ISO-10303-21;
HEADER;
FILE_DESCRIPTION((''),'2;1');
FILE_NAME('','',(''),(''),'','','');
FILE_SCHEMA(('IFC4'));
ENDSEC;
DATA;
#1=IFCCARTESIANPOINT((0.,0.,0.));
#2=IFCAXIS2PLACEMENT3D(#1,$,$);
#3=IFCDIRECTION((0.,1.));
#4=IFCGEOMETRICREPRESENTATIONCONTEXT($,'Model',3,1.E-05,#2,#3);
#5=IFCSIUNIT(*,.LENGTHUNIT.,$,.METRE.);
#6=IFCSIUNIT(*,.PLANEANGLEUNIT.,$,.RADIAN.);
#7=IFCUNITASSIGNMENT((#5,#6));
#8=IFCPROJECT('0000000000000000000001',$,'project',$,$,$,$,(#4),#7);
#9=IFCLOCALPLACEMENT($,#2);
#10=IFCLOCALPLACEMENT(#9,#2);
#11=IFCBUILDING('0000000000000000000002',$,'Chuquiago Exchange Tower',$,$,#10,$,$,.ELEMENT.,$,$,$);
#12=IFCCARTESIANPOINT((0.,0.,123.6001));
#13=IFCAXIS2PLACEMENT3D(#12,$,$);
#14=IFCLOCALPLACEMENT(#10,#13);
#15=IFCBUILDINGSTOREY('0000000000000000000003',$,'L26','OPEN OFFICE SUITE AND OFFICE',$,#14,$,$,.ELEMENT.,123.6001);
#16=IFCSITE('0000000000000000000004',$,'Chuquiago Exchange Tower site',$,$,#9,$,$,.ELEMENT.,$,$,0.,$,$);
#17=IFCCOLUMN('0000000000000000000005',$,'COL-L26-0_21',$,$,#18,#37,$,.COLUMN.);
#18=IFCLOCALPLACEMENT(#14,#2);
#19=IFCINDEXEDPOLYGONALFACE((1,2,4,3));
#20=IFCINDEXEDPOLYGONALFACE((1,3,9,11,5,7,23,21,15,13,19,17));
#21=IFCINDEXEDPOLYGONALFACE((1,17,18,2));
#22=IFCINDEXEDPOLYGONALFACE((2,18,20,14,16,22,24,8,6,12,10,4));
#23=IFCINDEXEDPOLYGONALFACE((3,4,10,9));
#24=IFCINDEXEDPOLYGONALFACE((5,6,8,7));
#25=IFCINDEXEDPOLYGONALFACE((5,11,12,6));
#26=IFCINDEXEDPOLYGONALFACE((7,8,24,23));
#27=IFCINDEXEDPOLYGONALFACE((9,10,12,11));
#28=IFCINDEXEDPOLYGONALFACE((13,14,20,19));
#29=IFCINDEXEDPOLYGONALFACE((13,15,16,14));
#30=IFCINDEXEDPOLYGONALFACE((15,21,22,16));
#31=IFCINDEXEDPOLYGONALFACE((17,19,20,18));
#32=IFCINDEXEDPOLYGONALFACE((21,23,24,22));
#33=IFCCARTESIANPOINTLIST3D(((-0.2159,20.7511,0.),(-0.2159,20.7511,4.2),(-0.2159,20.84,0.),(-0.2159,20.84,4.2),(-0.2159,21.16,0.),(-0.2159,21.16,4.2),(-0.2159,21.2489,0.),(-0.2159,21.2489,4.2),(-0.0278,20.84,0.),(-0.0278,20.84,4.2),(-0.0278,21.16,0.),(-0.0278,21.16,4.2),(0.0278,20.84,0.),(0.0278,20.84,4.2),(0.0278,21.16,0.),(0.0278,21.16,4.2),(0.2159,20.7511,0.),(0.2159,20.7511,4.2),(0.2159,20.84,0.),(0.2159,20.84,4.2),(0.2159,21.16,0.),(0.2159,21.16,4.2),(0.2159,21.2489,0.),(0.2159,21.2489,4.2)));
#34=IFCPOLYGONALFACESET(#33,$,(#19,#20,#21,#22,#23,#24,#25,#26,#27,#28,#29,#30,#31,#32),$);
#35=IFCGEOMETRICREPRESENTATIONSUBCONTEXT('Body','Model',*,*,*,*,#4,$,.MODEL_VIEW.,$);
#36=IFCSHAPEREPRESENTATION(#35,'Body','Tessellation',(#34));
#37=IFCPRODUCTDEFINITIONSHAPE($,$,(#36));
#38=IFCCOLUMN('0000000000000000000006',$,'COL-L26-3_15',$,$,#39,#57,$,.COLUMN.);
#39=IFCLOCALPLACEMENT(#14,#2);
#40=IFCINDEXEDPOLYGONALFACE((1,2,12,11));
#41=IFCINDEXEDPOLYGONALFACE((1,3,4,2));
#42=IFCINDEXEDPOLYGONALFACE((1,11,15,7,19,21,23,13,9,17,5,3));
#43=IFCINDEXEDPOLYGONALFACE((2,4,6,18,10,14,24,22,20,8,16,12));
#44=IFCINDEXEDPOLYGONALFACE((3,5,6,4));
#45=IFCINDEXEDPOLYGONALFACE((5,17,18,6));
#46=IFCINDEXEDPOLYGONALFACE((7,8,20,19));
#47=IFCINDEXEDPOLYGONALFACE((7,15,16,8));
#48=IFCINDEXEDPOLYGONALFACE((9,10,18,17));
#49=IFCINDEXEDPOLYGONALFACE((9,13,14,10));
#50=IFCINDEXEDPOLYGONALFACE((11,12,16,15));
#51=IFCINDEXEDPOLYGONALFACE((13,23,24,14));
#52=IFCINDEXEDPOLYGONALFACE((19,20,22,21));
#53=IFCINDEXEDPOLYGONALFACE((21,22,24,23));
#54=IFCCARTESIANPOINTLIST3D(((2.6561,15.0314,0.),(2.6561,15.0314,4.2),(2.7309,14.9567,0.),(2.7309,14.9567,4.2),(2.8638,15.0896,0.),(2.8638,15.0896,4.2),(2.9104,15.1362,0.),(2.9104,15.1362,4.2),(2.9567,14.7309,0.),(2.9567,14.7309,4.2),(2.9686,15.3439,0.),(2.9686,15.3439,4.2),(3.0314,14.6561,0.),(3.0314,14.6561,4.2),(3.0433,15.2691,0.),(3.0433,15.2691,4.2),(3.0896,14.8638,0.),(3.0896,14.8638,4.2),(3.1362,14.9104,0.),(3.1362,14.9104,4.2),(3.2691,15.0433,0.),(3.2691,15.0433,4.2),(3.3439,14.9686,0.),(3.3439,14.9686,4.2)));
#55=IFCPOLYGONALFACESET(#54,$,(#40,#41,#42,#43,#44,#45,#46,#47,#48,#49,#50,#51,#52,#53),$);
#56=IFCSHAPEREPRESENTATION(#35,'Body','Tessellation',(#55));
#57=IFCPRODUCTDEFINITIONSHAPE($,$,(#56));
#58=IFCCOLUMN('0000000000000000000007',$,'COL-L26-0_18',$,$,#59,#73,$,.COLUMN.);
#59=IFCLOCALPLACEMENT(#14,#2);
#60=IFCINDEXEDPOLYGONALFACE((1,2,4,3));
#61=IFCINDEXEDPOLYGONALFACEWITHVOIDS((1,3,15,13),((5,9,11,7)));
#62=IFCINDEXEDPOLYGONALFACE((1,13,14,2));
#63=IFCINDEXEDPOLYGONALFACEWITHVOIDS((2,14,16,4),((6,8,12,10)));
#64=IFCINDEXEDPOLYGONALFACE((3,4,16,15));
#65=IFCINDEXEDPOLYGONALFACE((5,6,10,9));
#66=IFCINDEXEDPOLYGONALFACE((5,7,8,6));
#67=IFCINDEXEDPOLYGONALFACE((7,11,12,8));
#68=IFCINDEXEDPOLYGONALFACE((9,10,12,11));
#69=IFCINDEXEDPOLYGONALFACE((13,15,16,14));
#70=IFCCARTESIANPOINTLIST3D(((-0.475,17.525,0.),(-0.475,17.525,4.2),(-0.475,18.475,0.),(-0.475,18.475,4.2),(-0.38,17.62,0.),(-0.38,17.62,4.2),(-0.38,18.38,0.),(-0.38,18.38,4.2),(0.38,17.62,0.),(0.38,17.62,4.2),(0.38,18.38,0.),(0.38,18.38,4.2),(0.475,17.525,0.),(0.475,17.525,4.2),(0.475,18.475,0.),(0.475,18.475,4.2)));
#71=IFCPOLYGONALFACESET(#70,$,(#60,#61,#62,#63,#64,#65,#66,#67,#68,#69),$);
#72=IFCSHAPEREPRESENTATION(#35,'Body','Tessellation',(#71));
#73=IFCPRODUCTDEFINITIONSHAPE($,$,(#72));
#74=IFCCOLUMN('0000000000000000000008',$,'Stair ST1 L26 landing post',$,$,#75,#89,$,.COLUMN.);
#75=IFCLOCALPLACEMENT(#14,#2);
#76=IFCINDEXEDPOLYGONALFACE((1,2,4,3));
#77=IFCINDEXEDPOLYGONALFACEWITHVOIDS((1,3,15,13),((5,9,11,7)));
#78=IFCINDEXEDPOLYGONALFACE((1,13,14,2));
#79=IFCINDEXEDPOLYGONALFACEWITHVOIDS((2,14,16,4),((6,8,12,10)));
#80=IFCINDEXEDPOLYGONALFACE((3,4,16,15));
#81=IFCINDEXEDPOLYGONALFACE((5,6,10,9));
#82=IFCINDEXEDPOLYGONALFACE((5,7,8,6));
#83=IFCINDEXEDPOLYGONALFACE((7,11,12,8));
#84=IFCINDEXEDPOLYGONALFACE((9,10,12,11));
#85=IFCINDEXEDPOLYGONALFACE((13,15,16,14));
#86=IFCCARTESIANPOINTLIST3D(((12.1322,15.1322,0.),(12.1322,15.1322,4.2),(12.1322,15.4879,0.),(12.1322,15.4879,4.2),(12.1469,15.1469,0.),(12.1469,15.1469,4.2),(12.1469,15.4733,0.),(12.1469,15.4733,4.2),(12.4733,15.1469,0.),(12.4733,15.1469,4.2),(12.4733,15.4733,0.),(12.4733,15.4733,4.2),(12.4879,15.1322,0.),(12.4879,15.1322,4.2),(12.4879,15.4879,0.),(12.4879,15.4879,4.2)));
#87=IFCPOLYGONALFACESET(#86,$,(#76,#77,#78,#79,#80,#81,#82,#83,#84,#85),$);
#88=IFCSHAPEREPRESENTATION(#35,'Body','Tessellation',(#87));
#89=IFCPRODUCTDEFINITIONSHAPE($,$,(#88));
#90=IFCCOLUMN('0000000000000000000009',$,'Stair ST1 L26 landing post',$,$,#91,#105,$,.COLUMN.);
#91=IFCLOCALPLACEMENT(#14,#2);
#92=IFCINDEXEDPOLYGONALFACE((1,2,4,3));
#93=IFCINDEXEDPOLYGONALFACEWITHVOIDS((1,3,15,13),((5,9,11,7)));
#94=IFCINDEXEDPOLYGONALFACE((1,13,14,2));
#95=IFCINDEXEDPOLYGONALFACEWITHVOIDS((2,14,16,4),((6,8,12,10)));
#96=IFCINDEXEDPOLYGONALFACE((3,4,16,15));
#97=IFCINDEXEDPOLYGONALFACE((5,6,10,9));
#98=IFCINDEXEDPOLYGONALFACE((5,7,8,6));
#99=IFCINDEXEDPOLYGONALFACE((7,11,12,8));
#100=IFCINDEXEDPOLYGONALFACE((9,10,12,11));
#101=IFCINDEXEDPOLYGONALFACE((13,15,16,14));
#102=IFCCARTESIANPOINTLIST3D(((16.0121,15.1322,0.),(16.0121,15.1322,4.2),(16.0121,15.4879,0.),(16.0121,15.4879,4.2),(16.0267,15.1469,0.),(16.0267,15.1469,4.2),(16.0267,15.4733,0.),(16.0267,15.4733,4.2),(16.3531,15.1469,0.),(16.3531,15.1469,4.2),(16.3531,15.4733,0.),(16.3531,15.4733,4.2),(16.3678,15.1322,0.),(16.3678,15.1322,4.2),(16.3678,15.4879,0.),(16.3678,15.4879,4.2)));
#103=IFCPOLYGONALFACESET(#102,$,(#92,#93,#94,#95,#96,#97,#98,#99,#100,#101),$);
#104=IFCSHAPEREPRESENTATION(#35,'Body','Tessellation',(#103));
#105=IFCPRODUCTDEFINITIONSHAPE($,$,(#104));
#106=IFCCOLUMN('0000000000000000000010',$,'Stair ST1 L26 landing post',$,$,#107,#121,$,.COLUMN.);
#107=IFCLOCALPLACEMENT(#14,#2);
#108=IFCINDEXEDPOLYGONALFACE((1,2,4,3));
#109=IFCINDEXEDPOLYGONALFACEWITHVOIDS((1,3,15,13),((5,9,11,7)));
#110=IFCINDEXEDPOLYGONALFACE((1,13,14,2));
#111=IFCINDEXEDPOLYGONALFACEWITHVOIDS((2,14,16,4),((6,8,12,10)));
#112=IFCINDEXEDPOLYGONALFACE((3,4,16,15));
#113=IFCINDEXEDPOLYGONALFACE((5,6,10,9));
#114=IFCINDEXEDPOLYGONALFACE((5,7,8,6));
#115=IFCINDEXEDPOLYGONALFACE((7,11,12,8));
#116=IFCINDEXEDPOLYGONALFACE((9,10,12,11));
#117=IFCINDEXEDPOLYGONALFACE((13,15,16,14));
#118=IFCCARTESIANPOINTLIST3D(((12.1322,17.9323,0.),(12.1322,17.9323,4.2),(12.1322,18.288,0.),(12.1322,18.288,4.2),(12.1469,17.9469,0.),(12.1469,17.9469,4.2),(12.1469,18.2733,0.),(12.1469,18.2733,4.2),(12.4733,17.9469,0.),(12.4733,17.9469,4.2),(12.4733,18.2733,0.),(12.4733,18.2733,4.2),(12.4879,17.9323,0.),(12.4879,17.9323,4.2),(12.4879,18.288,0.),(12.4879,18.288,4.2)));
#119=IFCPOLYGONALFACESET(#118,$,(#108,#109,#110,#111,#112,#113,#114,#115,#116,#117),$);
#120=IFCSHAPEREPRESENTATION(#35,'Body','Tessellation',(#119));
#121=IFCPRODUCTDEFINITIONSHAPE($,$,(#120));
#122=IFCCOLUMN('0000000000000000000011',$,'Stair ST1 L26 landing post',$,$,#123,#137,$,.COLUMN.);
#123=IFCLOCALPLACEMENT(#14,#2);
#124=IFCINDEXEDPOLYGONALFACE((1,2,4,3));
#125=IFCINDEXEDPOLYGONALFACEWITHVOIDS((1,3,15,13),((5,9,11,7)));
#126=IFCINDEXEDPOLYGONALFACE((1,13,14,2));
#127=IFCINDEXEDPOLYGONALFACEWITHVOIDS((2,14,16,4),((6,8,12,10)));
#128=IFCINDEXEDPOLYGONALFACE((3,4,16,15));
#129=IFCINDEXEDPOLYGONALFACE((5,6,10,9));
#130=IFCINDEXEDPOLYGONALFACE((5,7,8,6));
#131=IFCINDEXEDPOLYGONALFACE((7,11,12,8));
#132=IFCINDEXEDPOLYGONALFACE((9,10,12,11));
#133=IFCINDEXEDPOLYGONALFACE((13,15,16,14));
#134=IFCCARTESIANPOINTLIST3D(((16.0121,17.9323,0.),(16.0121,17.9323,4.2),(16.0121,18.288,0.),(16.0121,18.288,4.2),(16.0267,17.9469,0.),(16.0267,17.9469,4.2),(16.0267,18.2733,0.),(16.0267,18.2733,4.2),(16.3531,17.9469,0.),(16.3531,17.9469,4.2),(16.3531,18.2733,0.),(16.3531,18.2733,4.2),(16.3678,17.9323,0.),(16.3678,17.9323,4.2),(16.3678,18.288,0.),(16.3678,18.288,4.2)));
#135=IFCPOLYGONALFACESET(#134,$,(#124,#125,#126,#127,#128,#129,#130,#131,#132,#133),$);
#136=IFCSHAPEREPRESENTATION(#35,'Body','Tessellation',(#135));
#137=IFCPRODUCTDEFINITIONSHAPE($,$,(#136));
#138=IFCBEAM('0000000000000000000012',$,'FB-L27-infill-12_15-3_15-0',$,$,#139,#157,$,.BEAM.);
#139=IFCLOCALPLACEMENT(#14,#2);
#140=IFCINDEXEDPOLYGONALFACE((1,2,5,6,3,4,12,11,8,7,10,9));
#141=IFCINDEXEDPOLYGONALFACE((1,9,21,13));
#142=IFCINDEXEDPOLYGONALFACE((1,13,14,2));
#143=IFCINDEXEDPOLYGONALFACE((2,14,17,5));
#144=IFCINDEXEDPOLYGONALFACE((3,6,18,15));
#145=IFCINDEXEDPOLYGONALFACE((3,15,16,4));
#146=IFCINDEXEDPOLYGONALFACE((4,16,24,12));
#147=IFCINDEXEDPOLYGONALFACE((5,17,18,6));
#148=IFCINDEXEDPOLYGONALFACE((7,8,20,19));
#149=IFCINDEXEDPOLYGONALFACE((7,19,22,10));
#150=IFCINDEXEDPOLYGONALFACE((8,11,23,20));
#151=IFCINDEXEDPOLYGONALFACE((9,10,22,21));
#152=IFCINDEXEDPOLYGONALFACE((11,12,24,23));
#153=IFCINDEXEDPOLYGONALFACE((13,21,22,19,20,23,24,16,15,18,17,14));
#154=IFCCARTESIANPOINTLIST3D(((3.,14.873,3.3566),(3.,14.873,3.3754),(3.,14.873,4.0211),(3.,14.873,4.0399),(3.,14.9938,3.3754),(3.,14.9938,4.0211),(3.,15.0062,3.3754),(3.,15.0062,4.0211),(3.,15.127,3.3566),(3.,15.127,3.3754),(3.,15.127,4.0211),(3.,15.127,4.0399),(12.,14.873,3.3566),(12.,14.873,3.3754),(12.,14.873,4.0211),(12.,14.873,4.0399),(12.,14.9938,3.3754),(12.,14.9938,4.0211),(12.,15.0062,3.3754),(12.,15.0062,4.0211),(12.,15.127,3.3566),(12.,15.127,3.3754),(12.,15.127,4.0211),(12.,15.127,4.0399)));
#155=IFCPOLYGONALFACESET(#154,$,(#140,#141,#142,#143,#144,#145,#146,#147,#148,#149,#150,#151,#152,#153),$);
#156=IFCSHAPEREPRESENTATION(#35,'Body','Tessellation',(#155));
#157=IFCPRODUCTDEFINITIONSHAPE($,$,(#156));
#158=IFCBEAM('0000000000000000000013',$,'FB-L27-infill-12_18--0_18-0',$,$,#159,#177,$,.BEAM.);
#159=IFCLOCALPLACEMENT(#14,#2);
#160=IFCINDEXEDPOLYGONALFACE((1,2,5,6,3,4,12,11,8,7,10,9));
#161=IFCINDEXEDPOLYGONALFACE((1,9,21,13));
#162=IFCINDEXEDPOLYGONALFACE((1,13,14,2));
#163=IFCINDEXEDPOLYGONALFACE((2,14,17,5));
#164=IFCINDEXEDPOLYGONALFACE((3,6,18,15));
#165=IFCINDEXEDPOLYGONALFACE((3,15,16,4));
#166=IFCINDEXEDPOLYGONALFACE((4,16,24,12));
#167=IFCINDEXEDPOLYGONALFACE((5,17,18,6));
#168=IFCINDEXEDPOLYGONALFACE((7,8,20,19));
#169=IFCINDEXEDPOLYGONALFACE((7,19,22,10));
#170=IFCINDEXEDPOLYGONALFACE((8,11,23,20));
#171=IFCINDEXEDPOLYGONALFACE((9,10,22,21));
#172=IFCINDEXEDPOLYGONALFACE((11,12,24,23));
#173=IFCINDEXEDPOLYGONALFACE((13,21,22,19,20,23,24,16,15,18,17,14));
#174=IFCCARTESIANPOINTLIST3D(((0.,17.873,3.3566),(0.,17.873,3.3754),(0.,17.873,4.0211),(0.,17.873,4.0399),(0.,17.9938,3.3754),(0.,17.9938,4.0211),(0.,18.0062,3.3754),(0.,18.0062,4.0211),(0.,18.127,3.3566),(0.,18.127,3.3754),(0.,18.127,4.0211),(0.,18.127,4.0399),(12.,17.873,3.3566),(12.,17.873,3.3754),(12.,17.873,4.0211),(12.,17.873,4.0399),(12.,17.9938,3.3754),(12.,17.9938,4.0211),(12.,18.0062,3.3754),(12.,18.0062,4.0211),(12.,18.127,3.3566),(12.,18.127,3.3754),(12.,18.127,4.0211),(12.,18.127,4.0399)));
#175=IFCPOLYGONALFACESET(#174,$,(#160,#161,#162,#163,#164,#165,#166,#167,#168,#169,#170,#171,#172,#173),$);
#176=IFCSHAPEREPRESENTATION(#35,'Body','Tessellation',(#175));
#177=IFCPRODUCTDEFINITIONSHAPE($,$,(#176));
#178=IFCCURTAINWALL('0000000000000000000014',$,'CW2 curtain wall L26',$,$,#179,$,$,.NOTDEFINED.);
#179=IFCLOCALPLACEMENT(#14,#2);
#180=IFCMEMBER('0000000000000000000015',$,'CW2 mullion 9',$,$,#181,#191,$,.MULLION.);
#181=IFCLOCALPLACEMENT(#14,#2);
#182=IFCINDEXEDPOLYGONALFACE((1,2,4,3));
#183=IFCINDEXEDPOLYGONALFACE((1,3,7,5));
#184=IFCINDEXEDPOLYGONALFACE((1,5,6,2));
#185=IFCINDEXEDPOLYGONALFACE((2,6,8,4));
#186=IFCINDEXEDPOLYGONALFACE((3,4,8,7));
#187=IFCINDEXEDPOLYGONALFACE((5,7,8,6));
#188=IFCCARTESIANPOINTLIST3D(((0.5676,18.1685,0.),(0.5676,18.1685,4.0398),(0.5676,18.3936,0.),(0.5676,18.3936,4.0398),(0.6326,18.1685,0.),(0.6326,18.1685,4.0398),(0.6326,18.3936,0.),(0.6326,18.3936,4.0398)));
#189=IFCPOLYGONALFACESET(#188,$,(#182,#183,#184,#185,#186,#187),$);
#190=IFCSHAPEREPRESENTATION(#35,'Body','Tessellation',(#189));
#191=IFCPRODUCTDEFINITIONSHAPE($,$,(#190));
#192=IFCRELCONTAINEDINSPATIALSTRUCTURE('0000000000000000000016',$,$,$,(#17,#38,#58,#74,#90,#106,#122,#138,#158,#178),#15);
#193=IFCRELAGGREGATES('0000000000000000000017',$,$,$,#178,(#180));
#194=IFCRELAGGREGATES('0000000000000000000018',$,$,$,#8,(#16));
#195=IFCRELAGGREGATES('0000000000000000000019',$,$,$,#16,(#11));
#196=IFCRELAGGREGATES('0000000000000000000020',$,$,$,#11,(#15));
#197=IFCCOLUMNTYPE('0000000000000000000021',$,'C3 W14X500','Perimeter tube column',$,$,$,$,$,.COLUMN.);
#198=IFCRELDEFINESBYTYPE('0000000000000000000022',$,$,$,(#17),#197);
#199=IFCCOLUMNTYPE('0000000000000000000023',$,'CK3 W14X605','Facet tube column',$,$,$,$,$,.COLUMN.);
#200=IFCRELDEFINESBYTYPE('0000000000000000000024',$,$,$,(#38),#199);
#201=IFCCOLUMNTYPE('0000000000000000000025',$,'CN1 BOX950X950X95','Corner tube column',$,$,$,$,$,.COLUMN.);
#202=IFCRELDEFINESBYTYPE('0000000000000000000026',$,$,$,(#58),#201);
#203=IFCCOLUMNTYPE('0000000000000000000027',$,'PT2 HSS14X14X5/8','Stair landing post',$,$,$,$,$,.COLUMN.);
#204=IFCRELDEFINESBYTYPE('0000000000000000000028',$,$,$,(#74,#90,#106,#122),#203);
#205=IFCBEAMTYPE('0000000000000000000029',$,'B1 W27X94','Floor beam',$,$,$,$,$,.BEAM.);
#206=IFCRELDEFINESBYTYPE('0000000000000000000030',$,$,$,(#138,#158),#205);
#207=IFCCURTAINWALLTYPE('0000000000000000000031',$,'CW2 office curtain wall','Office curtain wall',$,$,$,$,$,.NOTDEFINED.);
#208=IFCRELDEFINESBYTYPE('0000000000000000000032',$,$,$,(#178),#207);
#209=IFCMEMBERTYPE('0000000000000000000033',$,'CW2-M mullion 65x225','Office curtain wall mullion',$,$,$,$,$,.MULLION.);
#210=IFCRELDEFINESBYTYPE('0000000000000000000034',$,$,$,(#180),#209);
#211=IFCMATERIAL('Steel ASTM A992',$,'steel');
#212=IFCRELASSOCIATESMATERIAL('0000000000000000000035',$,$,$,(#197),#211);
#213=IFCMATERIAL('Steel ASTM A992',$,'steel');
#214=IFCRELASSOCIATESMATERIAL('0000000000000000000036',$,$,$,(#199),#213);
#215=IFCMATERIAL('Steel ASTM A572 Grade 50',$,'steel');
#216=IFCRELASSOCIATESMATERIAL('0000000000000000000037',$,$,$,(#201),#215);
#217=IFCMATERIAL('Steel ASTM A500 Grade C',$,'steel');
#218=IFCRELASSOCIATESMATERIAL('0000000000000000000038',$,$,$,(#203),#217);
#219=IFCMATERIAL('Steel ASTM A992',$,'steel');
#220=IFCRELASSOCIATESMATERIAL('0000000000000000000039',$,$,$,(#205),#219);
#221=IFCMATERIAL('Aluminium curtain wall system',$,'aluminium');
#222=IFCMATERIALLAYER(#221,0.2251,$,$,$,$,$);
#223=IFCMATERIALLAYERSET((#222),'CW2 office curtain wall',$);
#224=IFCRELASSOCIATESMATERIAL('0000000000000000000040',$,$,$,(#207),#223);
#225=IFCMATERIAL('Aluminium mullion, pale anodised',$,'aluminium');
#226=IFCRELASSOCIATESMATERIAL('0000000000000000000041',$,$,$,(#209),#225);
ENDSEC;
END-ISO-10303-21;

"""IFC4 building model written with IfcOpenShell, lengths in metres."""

from ifc_helpers import new_model, si_unit, direction, frame, origin, origin_2d, place, context, subcontext, project, spatial, rectangle, hollow_rectangle, i_section, extrude, material, layer, layer_set, material_profile, profile_set, type_object, element, aggregate, save


model = new_model("IFC4")

# Units and contexts
model_context = context("Model", 3, precision=1e-05, world=origin(), true_north=direction((0.0, 1.0)))
body_context = subcontext(model_context, "Body", "Model", "MODEL_VIEW")
ifc_project = project(units=[si_unit("LENGTHUNIT", "METRE"), si_unit("PLANEANGLEUNIT", "RADIAN")], contexts=[model_context])

# Site, building, storey
site_placement = place(None, origin())
site = spatial("IfcSite", under=ifc_project, at=site_placement, Name="Chuquiago Exchange Tower site", CompositionType="ELEMENT", RefElevation=0.0)
building_placement = place(site_placement, origin())
building = spatial("IfcBuilding", under=site, at=building_placement, Name="Chuquiago Exchange Tower", CompositionType="ELEMENT")
storey_placement = place(building_placement, frame((0.0, 0.0, 123.6001)))
storey = spatial("IfcBuildingStorey", under=building, at=storey_placement, Name="L26", Description="OPEN OFFICE SUITE AND OFFICE", CompositionType="ELEMENT", Elevation=123.6001)

# Columns
ifc_material_1 = material(Name="Steel ASTM A992", Category="steel")
ifc_material_profile_1 = material_profile(ifc_material_1, i_section(OverallWidth=0.4319, OverallDepth=0.4978, WebThickness=0.0557, FlangeThickness=0.0889, at=origin_2d()), Name="W14X500")
ifc_profile_set_1 = profile_set([ifc_material_profile_1], Name="Steel ASTM A992")
column_type_1 = type_object("IfcColumnType", Name="C3 W14X500", Description="Perimeter tube column", PredefinedType="COLUMN", material=ifc_profile_set_1)
column_1_placement = place(storey_placement, frame((0.0, 21.0, 0.0), z_axis=(0.0, 0.0, 1.0), x_axis=(-1.0, 0.0, 0.0)))
element("IfcColumn", 1, at=column_1_placement, inside=storey, type_object=column_type_1, Name="COL-L26-0_21", PredefinedType="COLUMN", context=body_context, shape_type="SweptSolid", body=[
    extrude(i_section(OverallWidth=0.4319, OverallDepth=0.4978, WebThickness=0.0557, FlangeThickness=0.0889, at=origin_2d()), origin(), (0.0, 0.0, 1.0), 4.2),
])
ifc_material_2 = material(Name="Steel ASTM A992", Category="steel")
ifc_material_profile_2 = material_profile(ifc_material_2, i_section(OverallWidth=0.4419, OverallDepth=0.5308, WebThickness=0.0659, FlangeThickness=0.1057, at=origin_2d()), Name="W14X605")
ifc_profile_set_2 = profile_set([ifc_material_profile_2], Name="Steel ASTM A992")
column_type_2 = type_object("IfcColumnType", Name="CK3 W14X605", Description="Facet tube column", PredefinedType="COLUMN", material=ifc_profile_set_2)
column_2_placement = place(storey_placement, frame((3.0, 15.0, 0.0), z_axis=(0.0, 0.0, 1.0), x_axis=(-0.707107, -0.707107, 0.0)))
element("IfcColumn", 2, at=column_2_placement, inside=storey, type_object=column_type_2, Name="COL-L26-3_15", PredefinedType="COLUMN", context=body_context, shape_type="SweptSolid", body=[
    extrude(i_section(OverallWidth=0.4419, OverallDepth=0.5308, WebThickness=0.0659, FlangeThickness=0.1057, at=origin_2d()), origin(), (0.0, 0.0, 1.0), 4.2),
])
ifc_material_3 = material(Name="Steel ASTM A572 Grade 50", Category="steel")
ifc_material_profile_3 = material_profile(ifc_material_3, hollow_rectangle(XDim=0.95, YDim=0.95, WallThickness=0.095, at=origin_2d()), Name="BOX950X950X95")
ifc_profile_set_3 = profile_set([ifc_material_profile_3], Name="Steel ASTM A572 Grade 50")
column_type_3 = type_object("IfcColumnType", Name="CN1 BOX950X950X95", Description="Corner tube column", PredefinedType="COLUMN", material=ifc_profile_set_3)
column_3_placement = place(storey_placement, frame((0.0, 18.0, 0.0), z_axis=(0.0, 0.0, 1.0), x_axis=(-1.0, 0.0, 0.0)))
element("IfcColumn", 3, at=column_3_placement, inside=storey, type_object=column_type_3, Name="COL-L26-0_18", PredefinedType="COLUMN", context=body_context, shape_type="SweptSolid", body=[
    extrude(hollow_rectangle(XDim=0.95, YDim=0.95, WallThickness=0.095, at=origin_2d()), origin(), (0.0, 0.0, 1.0), 4.2),
])
ifc_material_4 = material(Name="Steel ASTM A500 Grade C", Category="steel")
ifc_material_profile_4 = material_profile(ifc_material_4, hollow_rectangle(XDim=0.3557, YDim=0.3557, WallThickness=0.0146, at=origin_2d()), Name="HSS14X14X5/8")
ifc_profile_set_4 = profile_set([ifc_material_profile_4], Name="Steel ASTM A500 Grade C")
column_type_4 = type_object("IfcColumnType", Name="PT2 HSS14X14X5/8", Description="Stair landing post", PredefinedType="COLUMN", material=ifc_profile_set_4)
for number, where, z_axis, x_axis, name in (
    (4, (12.3101, 15.3101, 0.0), (0.0, 0.0, 1.0), (1.0, 0.0, 0.0), "Stair ST1 L26 landing post"),
    (5, (16.1899, 15.3101, 0.0), (0.0, 0.0, 1.0), (1.0, 0.0, 0.0), "Stair ST1 L26 landing post"),
    (6, (12.3101, 18.1101, 0.0), (0.0, 0.0, 1.0), (1.0, 0.0, 0.0), "Stair ST1 L26 landing post"),
    (7, (16.1899, 18.1101, 0.0), (0.0, 0.0, 1.0), (1.0, 0.0, 0.0), "Stair ST1 L26 landing post"),
):
    element("IfcColumn", number, at=place(storey_placement, frame(where, z_axis=z_axis, x_axis=x_axis)), inside=storey, type_object=column_type_4, Name=name, PredefinedType="COLUMN", context=body_context, shape_type="SweptSolid", body=[
        extrude(hollow_rectangle(XDim=0.3557, YDim=0.3557, WallThickness=0.0146, at=origin_2d()), origin(), (0.0, 0.0, 1.0), 4.2),
    ])

# Beams
ifc_material_5 = material(Name="Steel ASTM A992", Category="steel")
ifc_material_profile_5 = material_profile(ifc_material_5, i_section(OverallWidth=0.2539, OverallDepth=0.6833, WebThickness=0.0125, FlangeThickness=0.0188, at=origin_2d()), Name="W27X94")
ifc_profile_set_5 = profile_set([ifc_material_profile_5], Name="Steel ASTM A992")
beam_type_1 = type_object("IfcBeamType", Name="B1 W27X94", Description="Floor beam", PredefinedType="BEAM", material=ifc_profile_set_5)
beam_1_placement = place(storey_placement, frame((12.0, 15.0, 3.6982), z_axis=(-1.0, 0.0, 0.0), x_axis=(0.0, -1.0, 0.0)))
element("IfcBeam", 8, at=beam_1_placement, inside=storey, type_object=beam_type_1, Name="FB-L27-infill-12_15-3_15-0", PredefinedType="BEAM", context=body_context, shape_type="SweptSolid", body=[
    extrude(i_section(OverallWidth=0.2539, OverallDepth=0.6833, WebThickness=0.0125, FlangeThickness=0.0188, at=origin_2d()), origin(), (0.0, 0.0, 1.0), 9.0),
])
beam_2_placement = place(storey_placement, frame((12.0, 18.0, 3.6982), z_axis=(-1.0, 0.0, 0.0), x_axis=(0.0, -1.0, 0.0)))
element("IfcBeam", 9, at=beam_2_placement, inside=storey, type_object=beam_type_1, Name="FB-L27-infill-12_18--0_18-0", PredefinedType="BEAM", context=body_context, shape_type="SweptSolid", body=[
    extrude(i_section(OverallWidth=0.2539, OverallDepth=0.6833, WebThickness=0.0125, FlangeThickness=0.0188, at=origin_2d()), origin(), (0.0, 0.0, 1.0), 12.0),
])

# Curtain wall, member
ifc_material_6 = material(Name="Aluminium curtain wall system", Category="aluminium")
ifc_layer_1 = layer(ifc_material_6, 0.2251)
ifc_layer_set_1 = layer_set([ifc_layer_1], Name="CW2 office curtain wall")
curtain_wall_type_1 = type_object("IfcCurtainWallType", Name="CW2 office curtain wall", Description="Office curtain wall", PredefinedType="NOTDEFINED", material=ifc_layer_set_1)
curtain_wall_1_placement = place(storey_placement, origin())
curtain_wall_1 = element("IfcCurtainWall", 10, at=curtain_wall_1_placement, inside=storey, type_object=curtain_wall_type_1, Name="CW2 curtain wall L26", PredefinedType="NOTDEFINED")
ifc_material_7 = material(Name="Aluminium mullion, pale anodised", Category="aluminium")
ifc_material_profile_6 = material_profile(ifc_material_7, rectangle(XDim=0.0649, YDim=0.2251, at=origin_2d()), Name="AL 65x225")
ifc_profile_set_6 = profile_set([ifc_material_profile_6], Name="Aluminium mullion, pale anodised")
member_type_1 = type_object("IfcMemberType", Name="CW2-M mullion 65x225", Description="Office curtain wall mullion", PredefinedType="MULLION", material=ifc_profile_set_6)
member_1_placement = place(storey_placement, frame((0.6001, 18.281, 0.0), z_axis=(0.0, 0.0, 1.0), x_axis=(1.0, 0.0, 0.0)))
member_1 = element("IfcMember", 11, at=member_1_placement, type_object=member_type_1, Name="CW2 mullion 9", PredefinedType="MULLION", context=body_context, shape_type="SweptSolid", body=[
    extrude(rectangle(XDim=0.0649, YDim=0.2251, at=origin_2d()), origin(), (0.0, 0.0, 1.0), 4.0398),
])

aggregate(curtain_wall_1, [member_1])

save(model, "model.ifc")
